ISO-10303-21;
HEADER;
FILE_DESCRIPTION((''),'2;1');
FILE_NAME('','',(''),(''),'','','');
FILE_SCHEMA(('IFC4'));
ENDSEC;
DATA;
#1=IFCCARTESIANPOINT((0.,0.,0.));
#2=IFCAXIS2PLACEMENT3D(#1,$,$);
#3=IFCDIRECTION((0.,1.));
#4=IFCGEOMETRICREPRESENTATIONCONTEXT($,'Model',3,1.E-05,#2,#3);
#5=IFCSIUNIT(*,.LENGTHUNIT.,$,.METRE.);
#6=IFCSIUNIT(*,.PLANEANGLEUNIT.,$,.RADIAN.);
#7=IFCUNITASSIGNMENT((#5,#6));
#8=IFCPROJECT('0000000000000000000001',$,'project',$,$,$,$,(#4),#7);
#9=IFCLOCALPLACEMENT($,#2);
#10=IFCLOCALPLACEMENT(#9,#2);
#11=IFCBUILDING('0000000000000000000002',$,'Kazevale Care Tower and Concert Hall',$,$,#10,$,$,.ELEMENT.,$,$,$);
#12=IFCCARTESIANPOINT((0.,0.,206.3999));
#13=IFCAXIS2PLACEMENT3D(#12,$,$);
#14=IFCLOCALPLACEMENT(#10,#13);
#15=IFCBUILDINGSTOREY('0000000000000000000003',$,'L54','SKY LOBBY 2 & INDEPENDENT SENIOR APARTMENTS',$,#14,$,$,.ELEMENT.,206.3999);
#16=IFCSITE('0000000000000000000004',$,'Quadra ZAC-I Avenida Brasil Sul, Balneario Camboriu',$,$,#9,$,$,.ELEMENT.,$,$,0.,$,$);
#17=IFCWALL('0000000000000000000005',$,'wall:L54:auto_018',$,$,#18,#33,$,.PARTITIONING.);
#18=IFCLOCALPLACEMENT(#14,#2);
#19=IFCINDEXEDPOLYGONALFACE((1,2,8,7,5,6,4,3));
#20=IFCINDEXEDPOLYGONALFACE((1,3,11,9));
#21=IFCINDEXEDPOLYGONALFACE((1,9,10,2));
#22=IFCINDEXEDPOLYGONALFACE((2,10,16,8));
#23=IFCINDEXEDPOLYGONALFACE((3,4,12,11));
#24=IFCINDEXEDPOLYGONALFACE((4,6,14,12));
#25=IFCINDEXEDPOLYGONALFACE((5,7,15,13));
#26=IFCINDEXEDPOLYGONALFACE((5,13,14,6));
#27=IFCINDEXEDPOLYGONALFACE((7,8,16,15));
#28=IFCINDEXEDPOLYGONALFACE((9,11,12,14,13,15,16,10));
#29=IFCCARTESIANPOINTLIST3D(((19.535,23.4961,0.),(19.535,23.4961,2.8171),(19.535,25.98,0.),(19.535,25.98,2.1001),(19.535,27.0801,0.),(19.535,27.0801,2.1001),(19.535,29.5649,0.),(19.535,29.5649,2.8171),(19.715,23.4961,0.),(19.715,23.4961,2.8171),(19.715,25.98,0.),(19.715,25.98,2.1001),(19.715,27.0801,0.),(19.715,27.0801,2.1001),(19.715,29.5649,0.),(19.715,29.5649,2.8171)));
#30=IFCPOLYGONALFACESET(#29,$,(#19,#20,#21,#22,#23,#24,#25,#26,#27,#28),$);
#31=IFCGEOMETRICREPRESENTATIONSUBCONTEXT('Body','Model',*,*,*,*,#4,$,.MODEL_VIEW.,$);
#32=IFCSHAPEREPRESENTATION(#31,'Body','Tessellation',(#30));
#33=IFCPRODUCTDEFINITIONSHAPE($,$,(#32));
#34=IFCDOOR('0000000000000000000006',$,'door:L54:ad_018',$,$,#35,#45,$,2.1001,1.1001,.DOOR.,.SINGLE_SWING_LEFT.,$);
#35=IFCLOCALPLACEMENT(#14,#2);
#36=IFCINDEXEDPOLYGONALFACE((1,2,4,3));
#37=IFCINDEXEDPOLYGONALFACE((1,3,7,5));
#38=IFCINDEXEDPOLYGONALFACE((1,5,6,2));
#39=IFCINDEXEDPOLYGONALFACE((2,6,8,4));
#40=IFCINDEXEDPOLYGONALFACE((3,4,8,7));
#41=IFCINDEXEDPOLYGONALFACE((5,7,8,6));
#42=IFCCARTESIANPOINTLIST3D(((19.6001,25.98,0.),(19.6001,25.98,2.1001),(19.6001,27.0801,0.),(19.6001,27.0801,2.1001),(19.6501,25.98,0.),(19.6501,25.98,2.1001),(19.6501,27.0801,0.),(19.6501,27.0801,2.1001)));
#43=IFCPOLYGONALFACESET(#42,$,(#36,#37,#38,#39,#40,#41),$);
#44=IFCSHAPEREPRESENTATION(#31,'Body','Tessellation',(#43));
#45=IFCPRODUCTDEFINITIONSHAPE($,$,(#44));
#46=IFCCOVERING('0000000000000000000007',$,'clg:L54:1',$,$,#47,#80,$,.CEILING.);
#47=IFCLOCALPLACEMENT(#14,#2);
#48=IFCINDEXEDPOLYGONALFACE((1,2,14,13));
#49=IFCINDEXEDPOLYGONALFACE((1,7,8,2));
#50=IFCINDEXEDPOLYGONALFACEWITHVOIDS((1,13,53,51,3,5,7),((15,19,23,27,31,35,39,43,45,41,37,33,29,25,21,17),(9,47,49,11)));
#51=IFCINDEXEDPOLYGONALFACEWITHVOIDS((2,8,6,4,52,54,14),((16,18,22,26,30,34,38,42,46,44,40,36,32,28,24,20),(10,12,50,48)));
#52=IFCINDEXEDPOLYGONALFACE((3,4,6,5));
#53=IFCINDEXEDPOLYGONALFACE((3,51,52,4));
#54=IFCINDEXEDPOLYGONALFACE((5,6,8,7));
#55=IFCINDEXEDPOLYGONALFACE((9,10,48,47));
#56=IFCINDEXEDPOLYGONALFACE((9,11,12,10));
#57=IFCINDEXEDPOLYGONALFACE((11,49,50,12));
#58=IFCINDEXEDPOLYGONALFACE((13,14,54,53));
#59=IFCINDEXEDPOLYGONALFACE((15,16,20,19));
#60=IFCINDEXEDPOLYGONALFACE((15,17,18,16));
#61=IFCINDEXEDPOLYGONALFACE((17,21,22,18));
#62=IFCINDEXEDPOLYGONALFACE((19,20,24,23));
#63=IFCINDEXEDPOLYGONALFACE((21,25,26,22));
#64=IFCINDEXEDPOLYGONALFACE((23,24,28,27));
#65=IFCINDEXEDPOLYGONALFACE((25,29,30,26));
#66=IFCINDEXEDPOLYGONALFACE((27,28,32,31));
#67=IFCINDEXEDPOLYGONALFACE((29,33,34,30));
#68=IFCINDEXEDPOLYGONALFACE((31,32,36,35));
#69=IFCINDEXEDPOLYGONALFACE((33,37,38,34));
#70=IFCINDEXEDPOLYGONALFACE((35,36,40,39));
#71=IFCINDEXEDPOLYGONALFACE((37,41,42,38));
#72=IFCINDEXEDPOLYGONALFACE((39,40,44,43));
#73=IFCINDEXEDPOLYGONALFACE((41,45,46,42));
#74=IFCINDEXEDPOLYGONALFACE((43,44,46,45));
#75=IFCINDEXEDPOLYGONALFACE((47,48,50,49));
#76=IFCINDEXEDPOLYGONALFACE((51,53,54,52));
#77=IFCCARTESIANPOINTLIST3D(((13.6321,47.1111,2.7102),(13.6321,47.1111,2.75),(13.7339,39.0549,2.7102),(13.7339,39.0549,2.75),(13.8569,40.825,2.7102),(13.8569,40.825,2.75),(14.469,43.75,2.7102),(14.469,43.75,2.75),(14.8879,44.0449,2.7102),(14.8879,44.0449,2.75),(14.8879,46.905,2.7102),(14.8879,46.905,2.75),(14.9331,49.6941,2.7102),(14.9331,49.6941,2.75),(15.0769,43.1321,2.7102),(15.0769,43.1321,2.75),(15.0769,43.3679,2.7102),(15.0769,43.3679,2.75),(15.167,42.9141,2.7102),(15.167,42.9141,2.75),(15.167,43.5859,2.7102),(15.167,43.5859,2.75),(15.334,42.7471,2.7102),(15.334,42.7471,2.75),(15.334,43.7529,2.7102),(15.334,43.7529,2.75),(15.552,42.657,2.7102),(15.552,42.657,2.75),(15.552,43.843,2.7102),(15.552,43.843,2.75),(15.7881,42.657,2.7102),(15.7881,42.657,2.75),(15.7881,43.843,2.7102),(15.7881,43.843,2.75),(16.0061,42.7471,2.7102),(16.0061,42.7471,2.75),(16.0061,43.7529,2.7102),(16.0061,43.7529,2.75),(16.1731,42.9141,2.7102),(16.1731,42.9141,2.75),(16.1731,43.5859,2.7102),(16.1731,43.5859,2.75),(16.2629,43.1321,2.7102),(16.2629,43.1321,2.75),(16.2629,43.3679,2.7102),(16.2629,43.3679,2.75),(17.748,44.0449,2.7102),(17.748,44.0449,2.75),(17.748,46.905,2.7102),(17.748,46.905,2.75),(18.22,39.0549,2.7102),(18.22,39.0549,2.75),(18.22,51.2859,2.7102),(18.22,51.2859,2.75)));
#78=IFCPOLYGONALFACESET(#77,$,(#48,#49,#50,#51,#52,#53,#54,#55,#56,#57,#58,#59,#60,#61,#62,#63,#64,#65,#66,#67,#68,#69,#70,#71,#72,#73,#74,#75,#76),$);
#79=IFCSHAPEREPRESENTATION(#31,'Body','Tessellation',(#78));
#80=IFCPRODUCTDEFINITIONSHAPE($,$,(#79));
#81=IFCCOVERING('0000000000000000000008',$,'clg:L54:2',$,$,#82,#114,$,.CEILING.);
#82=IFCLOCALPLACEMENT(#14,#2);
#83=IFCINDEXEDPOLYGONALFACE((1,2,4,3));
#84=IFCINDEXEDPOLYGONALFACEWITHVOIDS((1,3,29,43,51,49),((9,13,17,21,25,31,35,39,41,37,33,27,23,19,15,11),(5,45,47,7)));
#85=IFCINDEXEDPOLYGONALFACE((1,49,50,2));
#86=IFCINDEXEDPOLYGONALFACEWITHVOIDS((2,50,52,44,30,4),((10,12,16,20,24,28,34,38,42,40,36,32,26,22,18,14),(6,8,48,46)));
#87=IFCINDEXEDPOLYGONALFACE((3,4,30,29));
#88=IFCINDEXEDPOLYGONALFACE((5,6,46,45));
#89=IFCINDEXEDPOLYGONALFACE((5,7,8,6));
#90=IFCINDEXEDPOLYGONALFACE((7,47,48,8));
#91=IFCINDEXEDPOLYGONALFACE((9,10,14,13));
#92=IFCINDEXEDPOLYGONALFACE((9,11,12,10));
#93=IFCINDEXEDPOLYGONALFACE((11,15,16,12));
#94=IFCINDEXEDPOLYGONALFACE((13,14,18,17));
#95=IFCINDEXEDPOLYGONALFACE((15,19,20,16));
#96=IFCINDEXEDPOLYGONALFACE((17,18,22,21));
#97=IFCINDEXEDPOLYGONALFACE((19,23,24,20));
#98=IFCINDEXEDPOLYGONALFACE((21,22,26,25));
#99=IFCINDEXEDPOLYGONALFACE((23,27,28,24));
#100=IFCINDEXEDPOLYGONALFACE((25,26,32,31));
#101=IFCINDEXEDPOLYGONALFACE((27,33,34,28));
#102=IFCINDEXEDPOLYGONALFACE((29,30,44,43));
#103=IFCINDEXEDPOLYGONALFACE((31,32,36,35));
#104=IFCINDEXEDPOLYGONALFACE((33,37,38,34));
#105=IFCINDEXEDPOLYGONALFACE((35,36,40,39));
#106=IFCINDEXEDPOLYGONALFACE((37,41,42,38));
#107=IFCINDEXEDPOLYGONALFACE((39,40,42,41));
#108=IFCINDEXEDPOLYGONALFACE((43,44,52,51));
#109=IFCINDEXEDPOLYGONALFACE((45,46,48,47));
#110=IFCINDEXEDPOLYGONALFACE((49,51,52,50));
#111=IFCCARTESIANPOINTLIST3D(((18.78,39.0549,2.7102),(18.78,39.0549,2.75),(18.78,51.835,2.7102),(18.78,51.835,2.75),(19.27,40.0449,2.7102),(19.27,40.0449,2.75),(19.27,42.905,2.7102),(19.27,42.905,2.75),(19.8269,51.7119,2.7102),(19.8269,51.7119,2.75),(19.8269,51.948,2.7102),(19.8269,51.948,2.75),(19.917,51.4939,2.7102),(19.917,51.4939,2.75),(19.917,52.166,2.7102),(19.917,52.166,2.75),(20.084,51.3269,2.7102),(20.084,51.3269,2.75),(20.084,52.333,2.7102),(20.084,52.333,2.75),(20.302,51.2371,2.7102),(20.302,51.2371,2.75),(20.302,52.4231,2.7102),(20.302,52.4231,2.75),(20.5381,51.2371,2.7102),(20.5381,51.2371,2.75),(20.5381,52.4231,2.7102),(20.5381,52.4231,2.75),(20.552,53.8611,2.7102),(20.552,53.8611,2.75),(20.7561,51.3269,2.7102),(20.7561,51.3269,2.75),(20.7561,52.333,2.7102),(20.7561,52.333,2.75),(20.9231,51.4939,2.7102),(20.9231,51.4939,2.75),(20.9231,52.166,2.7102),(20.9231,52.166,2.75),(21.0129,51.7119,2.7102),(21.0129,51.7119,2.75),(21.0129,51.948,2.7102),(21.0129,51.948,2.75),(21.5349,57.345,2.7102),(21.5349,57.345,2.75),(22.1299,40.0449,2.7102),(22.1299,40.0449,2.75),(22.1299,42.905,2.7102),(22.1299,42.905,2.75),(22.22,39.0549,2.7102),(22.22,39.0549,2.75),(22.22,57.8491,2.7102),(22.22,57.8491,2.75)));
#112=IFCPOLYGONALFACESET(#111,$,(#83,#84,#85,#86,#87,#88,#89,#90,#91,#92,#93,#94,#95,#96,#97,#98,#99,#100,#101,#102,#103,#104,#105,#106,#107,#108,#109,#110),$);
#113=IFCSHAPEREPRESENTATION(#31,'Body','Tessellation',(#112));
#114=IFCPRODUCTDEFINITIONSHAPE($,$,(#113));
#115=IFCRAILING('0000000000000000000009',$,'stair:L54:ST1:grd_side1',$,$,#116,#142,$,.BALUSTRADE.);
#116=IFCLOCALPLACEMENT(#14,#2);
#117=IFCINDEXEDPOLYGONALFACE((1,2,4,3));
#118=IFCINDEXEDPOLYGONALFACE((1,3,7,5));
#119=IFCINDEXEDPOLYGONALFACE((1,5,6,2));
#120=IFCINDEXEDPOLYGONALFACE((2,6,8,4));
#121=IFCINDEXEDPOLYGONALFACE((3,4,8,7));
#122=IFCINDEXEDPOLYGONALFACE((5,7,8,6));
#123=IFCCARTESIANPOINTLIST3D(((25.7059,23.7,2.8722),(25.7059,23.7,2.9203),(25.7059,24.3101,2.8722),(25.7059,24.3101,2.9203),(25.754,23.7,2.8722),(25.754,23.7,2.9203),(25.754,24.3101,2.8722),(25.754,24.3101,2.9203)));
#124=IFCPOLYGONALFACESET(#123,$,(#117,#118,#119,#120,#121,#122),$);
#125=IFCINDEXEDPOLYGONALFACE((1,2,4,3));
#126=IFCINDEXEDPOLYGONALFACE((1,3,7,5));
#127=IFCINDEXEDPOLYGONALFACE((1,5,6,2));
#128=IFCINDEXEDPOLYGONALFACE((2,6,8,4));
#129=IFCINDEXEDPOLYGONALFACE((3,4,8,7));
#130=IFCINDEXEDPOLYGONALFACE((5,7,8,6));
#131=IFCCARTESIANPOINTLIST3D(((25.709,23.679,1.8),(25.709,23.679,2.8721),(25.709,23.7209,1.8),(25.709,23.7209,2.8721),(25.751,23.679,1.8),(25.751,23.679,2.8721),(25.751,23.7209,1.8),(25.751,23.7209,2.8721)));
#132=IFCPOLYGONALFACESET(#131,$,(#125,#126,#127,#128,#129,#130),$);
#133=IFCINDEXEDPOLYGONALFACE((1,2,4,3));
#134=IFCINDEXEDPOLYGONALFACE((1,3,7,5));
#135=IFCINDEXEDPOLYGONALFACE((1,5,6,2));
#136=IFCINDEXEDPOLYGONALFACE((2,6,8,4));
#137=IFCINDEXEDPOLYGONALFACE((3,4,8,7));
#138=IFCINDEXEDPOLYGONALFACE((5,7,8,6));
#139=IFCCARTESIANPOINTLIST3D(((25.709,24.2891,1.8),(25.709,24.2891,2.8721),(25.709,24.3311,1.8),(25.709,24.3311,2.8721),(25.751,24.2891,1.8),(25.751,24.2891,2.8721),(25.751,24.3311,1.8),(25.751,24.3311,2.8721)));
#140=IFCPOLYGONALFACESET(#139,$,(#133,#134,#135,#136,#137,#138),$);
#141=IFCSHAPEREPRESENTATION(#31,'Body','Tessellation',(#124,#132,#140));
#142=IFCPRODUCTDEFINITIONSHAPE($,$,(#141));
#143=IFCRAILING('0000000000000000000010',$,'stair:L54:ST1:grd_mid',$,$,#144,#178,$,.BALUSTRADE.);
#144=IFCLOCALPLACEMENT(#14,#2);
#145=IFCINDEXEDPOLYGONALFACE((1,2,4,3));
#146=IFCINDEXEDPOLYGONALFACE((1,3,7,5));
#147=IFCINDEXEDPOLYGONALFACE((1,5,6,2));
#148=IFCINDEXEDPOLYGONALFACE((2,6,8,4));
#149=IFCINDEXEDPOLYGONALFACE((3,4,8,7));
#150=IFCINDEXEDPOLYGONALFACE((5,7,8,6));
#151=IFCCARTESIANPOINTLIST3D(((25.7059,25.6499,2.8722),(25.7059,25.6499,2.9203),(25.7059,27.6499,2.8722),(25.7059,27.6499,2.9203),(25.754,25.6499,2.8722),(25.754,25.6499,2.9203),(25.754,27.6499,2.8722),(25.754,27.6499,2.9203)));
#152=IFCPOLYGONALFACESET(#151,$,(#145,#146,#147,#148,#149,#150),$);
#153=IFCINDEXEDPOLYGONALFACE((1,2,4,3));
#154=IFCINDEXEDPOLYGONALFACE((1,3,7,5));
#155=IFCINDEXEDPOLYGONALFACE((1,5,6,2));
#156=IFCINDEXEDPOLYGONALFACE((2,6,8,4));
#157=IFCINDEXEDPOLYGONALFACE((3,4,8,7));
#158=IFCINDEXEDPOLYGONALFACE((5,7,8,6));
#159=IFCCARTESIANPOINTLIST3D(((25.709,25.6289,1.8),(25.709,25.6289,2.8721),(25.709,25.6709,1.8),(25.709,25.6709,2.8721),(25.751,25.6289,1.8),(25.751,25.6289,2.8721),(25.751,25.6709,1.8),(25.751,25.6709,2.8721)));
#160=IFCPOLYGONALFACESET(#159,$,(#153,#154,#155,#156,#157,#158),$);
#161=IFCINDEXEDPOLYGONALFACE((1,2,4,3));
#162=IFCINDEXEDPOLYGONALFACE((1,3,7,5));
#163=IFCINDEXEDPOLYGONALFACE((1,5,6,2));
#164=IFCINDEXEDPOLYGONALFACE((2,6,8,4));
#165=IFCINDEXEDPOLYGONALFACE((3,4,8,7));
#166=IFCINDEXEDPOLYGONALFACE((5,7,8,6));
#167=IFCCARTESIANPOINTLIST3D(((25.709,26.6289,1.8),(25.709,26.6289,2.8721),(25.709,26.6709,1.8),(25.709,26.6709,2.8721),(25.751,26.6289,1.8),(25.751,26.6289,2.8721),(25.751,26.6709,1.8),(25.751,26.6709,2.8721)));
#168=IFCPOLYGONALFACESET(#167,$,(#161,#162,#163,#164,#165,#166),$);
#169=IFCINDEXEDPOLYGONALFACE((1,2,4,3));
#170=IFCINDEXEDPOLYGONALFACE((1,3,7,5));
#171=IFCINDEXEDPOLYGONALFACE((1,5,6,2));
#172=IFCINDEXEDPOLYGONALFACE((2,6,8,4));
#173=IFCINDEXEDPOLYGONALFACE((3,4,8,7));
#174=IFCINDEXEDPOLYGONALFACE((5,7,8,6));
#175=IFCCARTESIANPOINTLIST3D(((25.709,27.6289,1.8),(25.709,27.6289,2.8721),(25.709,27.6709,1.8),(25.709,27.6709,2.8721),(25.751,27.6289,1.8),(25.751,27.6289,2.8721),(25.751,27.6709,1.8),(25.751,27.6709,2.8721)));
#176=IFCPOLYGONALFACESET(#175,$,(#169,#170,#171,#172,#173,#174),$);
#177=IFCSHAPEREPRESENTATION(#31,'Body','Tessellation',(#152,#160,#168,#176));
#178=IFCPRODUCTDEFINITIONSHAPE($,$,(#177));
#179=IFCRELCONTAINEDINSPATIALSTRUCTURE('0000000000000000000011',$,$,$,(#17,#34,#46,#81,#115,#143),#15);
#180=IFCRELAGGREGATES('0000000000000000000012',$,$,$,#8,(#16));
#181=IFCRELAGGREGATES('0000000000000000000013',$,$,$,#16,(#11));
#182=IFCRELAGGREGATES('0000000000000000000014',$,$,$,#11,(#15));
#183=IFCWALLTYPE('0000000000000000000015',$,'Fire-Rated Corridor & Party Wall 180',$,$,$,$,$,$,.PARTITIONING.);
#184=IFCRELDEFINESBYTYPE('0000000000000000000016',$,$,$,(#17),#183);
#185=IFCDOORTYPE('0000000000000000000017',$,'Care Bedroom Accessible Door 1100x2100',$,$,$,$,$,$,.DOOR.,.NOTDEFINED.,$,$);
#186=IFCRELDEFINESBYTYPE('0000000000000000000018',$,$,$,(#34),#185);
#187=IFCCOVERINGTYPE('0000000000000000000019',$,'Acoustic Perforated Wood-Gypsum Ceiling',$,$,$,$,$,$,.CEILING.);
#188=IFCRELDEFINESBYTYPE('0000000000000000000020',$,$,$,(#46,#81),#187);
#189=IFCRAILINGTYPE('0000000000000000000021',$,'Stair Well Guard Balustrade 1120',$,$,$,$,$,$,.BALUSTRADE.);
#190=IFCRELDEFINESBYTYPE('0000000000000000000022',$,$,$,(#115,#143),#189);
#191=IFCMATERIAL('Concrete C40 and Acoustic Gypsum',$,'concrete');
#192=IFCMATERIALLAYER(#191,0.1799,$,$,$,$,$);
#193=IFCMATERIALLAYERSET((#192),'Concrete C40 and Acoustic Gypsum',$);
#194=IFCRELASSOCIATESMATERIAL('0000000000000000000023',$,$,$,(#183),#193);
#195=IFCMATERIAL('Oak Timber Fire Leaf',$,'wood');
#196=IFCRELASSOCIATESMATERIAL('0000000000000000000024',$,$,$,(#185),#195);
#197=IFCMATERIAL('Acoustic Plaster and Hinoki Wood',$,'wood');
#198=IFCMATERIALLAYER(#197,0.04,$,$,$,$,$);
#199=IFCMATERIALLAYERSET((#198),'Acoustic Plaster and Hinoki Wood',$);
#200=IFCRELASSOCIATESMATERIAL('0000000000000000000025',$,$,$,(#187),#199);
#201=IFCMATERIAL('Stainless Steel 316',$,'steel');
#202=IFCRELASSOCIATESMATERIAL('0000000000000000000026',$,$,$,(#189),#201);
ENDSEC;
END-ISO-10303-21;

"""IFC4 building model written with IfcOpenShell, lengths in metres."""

from ifc_helpers import new_model, si_unit, direction, frame, frame_2d, origin, origin_2d, place, context, subcontext, project, spatial, polyline, rectangle, outline, extrude, material, layer, layer_set, type_object, element, fill, save


model = new_model("IFC4")

# Units and contexts
model_context = context("Model", 3, precision=1e-05, world=origin(), true_north=direction((0.0, 1.0)))
body_context = subcontext(model_context, "Body", "Model", "MODEL_VIEW")
ifc_project = project(units=[si_unit("LENGTHUNIT", "METRE"), si_unit("PLANEANGLEUNIT", "RADIAN")], contexts=[model_context])

# Site, building, storey
site_placement = place(None, origin())
site = spatial("IfcSite", under=ifc_project, at=site_placement, Name="Quadra ZAC-I Avenida Brasil Sul, Balneario Camboriu", CompositionType="ELEMENT", RefElevation=0.0)
building_placement = place(site_placement, origin())
building = spatial("IfcBuilding", under=site, at=building_placement, Name="Kazevale Care Tower and Concert Hall", CompositionType="ELEMENT")
storey_placement = place(building_placement, frame((0.0, 0.0, 206.3999)))
storey = spatial("IfcBuildingStorey", under=building, at=storey_placement, Name="L54", Description="SKY LOBBY 2 & INDEPENDENT SENIOR APARTMENTS", CompositionType="ELEMENT", Elevation=206.3999)

# Wall, opening, door
ifc_material_1 = material(Name="Concrete C40 and Acoustic Gypsum", Category="concrete")
ifc_layer_1 = layer(ifc_material_1, 0.1799)
ifc_layer_set_1 = layer_set([ifc_layer_1], Name="Concrete C40 and Acoustic Gypsum")
wall_type_1 = type_object("IfcWallType", Name="Fire-Rated Corridor & Party Wall 180", PredefinedType="PARTITIONING", material=ifc_layer_set_1)
wall_1_placement = place(storey_placement, frame((19.625, 23.4961, 0.0), z_axis=(0.0, 0.0, 1.0), x_axis=(0.0, 1.0, 0.0)))
wall_1 = element("IfcWall", 1, at=wall_1_placement, inside=storey, type_object=wall_type_1, Name="wall:L54:auto_018", PredefinedType="PARTITIONING", context=body_context, shape_type="SweptSolid", body=[
    extrude(rectangle(XDim=6.0688, YDim=0.1799, at=frame_2d((3.0344, 0.0))), origin(), (0.0, 0.0, 1.0), 2.8171),
])
opening_1_placement = place(wall_1_placement, frame((2.4839, 0.0, 0.0)))
opening_1 = element("IfcOpeningElement", 2, at=opening_1_placement, cuts=wall_1, PredefinedType="OPENING", context=body_context, shape_type="SweptSolid", body=[
    extrude(rectangle(XDim=1.1001, YDim=2.1001, at=frame_2d((0.55, 1.05))), frame((0.0, 0.0999, 0.0), z_axis=(0.0, -1.0, 0.0), x_axis=(1.0, 0.0, 0.0)), (0.0, 0.0, 1.0), 0.2),
])
ifc_material_2 = material(Name="Oak Timber Fire Leaf", Category="wood")
door_type_1 = type_object("IfcDoorType", Name="Care Bedroom Accessible Door 1100x2100", OperationType="NOTDEFINED", PredefinedType="DOOR", material=ifc_material_2)
door_1_placement = place(opening_1_placement, origin())
door_1 = element("IfcDoor", 3, at=door_1_placement, inside=storey, type_object=door_type_1, Name="door:L54:ad_018", OperationType="SINGLE_SWING_LEFT", OverallHeight=2.1001, OverallWidth=1.1001, PredefinedType="DOOR", context=body_context, shape_type="SweptSolid", body=[
    extrude(rectangle(XDim=1.1001, YDim=2.1001, at=frame_2d((0.55, 1.05))), frame((0.0, 0.0249, 0.0), z_axis=(0.0, -1.0, 0.0), x_axis=(1.0, 0.0, 0.0)), (0.0, 0.0, 1.0), 0.05),
])
fill(opening_1, door_1)

# Coverings
ifc_material_3 = material(Name="Acoustic Plaster and Hinoki Wood", Category="wood")
ifc_layer_2 = layer(ifc_material_3, 0.04)
ifc_layer_set_2 = layer_set([ifc_layer_2], Name="Acoustic Plaster and Hinoki Wood")
covering_type = type_object("IfcCoveringType", Name="Acoustic Perforated Wood-Gypsum Ceiling", PredefinedType="CEILING", material=ifc_layer_set_2)
covering_1_placement = place(storey_placement, frame((0.0, 0.0, 2.7102)))
element("IfcCovering", 4, at=covering_1_placement, inside=storey, type_object=covering_type, Name="clg:L54:1", PredefinedType="CEILING", context=body_context, shape_type="SweptSolid", body=[
    extrude(outline(polyline([(13.6321, 47.1111), (14.9331, 49.6941), (18.22, 51.2859), (18.22, 39.0549), (13.7339, 39.0549), (13.8569, 40.825), (14.469, 43.75), (13.6321, 47.1111)]), holes=[polyline([(14.8879, 46.905), (14.8879, 44.0449), (17.748, 44.0449), (17.748, 46.905), (14.8879, 46.905)]), polyline([(16.2629, 43.3679), (16.1731, 43.5859), (16.0061, 43.7529), (15.7881, 43.843), (15.552, 43.843), (15.334, 43.7529), (15.167, 43.5859), (15.0769, 43.3679), (15.0769, 43.1321), (15.167, 42.9141), (15.334, 42.7471), (15.552, 42.657), (15.7881, 42.657), (16.0061, 42.7471), (16.1731, 42.9141), (16.2629, 43.1321), (16.2629, 43.3679)])]), origin(), (0.0, 0.0, 1.0), 0.0398),
])
covering_2_placement = place(storey_placement, frame((0.0, 0.0, 2.7102)))
element("IfcCovering", 5, at=covering_2_placement, inside=storey, type_object=covering_type, Name="clg:L54:2", PredefinedType="CEILING", context=body_context, shape_type="SweptSolid", body=[
    extrude(outline(polyline([(22.22, 57.8491), (22.22, 39.0549), (18.78, 39.0549), (18.78, 51.835), (20.552, 53.8611), (21.5349, 57.345), (22.22, 57.8491)]), holes=[polyline([(19.27, 42.905), (19.27, 40.0449), (22.1299, 40.0449), (22.1299, 42.905), (19.27, 42.905)]), polyline([(21.0129, 51.948), (20.9231, 52.166), (20.7561, 52.333), (20.5381, 52.4231), (20.302, 52.4231), (20.084, 52.333), (19.917, 52.166), (19.8269, 51.948), (19.8269, 51.7119), (19.917, 51.4939), (20.084, 51.3269), (20.302, 51.2371), (20.5381, 51.2371), (20.7561, 51.3269), (20.9231, 51.4939), (21.0129, 51.7119), (21.0129, 51.948)])]), origin(), (0.0, 0.0, 1.0), 0.0398),
])

# Railings
ifc_material_4 = material(Name="Stainless Steel 316", Category="steel")
railing_type = type_object("IfcRailingType", Name="Stair Well Guard Balustrade 1120", PredefinedType="BALUSTRADE", material=ifc_material_4)
railing_1_placement = place(storey_placement, frame((25.73, 23.7, 1.8)))
element("IfcRailing", 6, at=railing_1_placement, inside=storey, type_object=railing_type, Name="stair:L54:ST1:grd_side1", PredefinedType="BALUSTRADE", context=body_context, shape_type="SweptSolid", body=[
    extrude(rectangle(XDim=0.0481, YDim=0.0481, at=origin_2d()), frame((0.0, 0.0, 1.0962), z_axis=(0.0, 1.0, 0.0), x_axis=(-1.0, 0.0, 0.0)), (0.0, 0.0, 1.0), 0.6101),
    extrude(rectangle(XDim=0.042, YDim=0.042, at=origin_2d()), origin(), (0.0, 0.0, 1.0), 1.072),
    extrude(rectangle(XDim=0.042, YDim=0.042, at=origin_2d()), frame((0.0, 0.6101, 0.0)), (0.0, 0.0, 1.0), 1.072),
])
railing_2_placement = place(storey_placement, frame((25.73, 25.6499, 1.8)))
element("IfcRailing", 7, at=railing_2_placement, inside=storey, type_object=railing_type, Name="stair:L54:ST1:grd_mid", PredefinedType="BALUSTRADE", context=body_context, shape_type="SweptSolid", body=[
    extrude(rectangle(XDim=0.0481, YDim=0.0481, at=origin_2d()), frame((0.0, 0.0, 1.0962), z_axis=(0.0, 1.0, 0.0), x_axis=(-1.0, 0.0, 0.0)), (0.0, 0.0, 1.0), 2.0),
    extrude(rectangle(XDim=0.042, YDim=0.042, at=origin_2d()), origin(), (0.0, 0.0, 1.0), 1.072),
    extrude(rectangle(XDim=0.042, YDim=0.042, at=origin_2d()), frame((0.0, 1.0, 0.0)), (0.0, 0.0, 1.0), 1.072),
    extrude(rectangle(XDim=0.042, YDim=0.042, at=origin_2d()), frame((0.0, 2.0, 0.0)), (0.0, 0.0, 1.0), 1.072),
])

save(model, "model.ifc")
